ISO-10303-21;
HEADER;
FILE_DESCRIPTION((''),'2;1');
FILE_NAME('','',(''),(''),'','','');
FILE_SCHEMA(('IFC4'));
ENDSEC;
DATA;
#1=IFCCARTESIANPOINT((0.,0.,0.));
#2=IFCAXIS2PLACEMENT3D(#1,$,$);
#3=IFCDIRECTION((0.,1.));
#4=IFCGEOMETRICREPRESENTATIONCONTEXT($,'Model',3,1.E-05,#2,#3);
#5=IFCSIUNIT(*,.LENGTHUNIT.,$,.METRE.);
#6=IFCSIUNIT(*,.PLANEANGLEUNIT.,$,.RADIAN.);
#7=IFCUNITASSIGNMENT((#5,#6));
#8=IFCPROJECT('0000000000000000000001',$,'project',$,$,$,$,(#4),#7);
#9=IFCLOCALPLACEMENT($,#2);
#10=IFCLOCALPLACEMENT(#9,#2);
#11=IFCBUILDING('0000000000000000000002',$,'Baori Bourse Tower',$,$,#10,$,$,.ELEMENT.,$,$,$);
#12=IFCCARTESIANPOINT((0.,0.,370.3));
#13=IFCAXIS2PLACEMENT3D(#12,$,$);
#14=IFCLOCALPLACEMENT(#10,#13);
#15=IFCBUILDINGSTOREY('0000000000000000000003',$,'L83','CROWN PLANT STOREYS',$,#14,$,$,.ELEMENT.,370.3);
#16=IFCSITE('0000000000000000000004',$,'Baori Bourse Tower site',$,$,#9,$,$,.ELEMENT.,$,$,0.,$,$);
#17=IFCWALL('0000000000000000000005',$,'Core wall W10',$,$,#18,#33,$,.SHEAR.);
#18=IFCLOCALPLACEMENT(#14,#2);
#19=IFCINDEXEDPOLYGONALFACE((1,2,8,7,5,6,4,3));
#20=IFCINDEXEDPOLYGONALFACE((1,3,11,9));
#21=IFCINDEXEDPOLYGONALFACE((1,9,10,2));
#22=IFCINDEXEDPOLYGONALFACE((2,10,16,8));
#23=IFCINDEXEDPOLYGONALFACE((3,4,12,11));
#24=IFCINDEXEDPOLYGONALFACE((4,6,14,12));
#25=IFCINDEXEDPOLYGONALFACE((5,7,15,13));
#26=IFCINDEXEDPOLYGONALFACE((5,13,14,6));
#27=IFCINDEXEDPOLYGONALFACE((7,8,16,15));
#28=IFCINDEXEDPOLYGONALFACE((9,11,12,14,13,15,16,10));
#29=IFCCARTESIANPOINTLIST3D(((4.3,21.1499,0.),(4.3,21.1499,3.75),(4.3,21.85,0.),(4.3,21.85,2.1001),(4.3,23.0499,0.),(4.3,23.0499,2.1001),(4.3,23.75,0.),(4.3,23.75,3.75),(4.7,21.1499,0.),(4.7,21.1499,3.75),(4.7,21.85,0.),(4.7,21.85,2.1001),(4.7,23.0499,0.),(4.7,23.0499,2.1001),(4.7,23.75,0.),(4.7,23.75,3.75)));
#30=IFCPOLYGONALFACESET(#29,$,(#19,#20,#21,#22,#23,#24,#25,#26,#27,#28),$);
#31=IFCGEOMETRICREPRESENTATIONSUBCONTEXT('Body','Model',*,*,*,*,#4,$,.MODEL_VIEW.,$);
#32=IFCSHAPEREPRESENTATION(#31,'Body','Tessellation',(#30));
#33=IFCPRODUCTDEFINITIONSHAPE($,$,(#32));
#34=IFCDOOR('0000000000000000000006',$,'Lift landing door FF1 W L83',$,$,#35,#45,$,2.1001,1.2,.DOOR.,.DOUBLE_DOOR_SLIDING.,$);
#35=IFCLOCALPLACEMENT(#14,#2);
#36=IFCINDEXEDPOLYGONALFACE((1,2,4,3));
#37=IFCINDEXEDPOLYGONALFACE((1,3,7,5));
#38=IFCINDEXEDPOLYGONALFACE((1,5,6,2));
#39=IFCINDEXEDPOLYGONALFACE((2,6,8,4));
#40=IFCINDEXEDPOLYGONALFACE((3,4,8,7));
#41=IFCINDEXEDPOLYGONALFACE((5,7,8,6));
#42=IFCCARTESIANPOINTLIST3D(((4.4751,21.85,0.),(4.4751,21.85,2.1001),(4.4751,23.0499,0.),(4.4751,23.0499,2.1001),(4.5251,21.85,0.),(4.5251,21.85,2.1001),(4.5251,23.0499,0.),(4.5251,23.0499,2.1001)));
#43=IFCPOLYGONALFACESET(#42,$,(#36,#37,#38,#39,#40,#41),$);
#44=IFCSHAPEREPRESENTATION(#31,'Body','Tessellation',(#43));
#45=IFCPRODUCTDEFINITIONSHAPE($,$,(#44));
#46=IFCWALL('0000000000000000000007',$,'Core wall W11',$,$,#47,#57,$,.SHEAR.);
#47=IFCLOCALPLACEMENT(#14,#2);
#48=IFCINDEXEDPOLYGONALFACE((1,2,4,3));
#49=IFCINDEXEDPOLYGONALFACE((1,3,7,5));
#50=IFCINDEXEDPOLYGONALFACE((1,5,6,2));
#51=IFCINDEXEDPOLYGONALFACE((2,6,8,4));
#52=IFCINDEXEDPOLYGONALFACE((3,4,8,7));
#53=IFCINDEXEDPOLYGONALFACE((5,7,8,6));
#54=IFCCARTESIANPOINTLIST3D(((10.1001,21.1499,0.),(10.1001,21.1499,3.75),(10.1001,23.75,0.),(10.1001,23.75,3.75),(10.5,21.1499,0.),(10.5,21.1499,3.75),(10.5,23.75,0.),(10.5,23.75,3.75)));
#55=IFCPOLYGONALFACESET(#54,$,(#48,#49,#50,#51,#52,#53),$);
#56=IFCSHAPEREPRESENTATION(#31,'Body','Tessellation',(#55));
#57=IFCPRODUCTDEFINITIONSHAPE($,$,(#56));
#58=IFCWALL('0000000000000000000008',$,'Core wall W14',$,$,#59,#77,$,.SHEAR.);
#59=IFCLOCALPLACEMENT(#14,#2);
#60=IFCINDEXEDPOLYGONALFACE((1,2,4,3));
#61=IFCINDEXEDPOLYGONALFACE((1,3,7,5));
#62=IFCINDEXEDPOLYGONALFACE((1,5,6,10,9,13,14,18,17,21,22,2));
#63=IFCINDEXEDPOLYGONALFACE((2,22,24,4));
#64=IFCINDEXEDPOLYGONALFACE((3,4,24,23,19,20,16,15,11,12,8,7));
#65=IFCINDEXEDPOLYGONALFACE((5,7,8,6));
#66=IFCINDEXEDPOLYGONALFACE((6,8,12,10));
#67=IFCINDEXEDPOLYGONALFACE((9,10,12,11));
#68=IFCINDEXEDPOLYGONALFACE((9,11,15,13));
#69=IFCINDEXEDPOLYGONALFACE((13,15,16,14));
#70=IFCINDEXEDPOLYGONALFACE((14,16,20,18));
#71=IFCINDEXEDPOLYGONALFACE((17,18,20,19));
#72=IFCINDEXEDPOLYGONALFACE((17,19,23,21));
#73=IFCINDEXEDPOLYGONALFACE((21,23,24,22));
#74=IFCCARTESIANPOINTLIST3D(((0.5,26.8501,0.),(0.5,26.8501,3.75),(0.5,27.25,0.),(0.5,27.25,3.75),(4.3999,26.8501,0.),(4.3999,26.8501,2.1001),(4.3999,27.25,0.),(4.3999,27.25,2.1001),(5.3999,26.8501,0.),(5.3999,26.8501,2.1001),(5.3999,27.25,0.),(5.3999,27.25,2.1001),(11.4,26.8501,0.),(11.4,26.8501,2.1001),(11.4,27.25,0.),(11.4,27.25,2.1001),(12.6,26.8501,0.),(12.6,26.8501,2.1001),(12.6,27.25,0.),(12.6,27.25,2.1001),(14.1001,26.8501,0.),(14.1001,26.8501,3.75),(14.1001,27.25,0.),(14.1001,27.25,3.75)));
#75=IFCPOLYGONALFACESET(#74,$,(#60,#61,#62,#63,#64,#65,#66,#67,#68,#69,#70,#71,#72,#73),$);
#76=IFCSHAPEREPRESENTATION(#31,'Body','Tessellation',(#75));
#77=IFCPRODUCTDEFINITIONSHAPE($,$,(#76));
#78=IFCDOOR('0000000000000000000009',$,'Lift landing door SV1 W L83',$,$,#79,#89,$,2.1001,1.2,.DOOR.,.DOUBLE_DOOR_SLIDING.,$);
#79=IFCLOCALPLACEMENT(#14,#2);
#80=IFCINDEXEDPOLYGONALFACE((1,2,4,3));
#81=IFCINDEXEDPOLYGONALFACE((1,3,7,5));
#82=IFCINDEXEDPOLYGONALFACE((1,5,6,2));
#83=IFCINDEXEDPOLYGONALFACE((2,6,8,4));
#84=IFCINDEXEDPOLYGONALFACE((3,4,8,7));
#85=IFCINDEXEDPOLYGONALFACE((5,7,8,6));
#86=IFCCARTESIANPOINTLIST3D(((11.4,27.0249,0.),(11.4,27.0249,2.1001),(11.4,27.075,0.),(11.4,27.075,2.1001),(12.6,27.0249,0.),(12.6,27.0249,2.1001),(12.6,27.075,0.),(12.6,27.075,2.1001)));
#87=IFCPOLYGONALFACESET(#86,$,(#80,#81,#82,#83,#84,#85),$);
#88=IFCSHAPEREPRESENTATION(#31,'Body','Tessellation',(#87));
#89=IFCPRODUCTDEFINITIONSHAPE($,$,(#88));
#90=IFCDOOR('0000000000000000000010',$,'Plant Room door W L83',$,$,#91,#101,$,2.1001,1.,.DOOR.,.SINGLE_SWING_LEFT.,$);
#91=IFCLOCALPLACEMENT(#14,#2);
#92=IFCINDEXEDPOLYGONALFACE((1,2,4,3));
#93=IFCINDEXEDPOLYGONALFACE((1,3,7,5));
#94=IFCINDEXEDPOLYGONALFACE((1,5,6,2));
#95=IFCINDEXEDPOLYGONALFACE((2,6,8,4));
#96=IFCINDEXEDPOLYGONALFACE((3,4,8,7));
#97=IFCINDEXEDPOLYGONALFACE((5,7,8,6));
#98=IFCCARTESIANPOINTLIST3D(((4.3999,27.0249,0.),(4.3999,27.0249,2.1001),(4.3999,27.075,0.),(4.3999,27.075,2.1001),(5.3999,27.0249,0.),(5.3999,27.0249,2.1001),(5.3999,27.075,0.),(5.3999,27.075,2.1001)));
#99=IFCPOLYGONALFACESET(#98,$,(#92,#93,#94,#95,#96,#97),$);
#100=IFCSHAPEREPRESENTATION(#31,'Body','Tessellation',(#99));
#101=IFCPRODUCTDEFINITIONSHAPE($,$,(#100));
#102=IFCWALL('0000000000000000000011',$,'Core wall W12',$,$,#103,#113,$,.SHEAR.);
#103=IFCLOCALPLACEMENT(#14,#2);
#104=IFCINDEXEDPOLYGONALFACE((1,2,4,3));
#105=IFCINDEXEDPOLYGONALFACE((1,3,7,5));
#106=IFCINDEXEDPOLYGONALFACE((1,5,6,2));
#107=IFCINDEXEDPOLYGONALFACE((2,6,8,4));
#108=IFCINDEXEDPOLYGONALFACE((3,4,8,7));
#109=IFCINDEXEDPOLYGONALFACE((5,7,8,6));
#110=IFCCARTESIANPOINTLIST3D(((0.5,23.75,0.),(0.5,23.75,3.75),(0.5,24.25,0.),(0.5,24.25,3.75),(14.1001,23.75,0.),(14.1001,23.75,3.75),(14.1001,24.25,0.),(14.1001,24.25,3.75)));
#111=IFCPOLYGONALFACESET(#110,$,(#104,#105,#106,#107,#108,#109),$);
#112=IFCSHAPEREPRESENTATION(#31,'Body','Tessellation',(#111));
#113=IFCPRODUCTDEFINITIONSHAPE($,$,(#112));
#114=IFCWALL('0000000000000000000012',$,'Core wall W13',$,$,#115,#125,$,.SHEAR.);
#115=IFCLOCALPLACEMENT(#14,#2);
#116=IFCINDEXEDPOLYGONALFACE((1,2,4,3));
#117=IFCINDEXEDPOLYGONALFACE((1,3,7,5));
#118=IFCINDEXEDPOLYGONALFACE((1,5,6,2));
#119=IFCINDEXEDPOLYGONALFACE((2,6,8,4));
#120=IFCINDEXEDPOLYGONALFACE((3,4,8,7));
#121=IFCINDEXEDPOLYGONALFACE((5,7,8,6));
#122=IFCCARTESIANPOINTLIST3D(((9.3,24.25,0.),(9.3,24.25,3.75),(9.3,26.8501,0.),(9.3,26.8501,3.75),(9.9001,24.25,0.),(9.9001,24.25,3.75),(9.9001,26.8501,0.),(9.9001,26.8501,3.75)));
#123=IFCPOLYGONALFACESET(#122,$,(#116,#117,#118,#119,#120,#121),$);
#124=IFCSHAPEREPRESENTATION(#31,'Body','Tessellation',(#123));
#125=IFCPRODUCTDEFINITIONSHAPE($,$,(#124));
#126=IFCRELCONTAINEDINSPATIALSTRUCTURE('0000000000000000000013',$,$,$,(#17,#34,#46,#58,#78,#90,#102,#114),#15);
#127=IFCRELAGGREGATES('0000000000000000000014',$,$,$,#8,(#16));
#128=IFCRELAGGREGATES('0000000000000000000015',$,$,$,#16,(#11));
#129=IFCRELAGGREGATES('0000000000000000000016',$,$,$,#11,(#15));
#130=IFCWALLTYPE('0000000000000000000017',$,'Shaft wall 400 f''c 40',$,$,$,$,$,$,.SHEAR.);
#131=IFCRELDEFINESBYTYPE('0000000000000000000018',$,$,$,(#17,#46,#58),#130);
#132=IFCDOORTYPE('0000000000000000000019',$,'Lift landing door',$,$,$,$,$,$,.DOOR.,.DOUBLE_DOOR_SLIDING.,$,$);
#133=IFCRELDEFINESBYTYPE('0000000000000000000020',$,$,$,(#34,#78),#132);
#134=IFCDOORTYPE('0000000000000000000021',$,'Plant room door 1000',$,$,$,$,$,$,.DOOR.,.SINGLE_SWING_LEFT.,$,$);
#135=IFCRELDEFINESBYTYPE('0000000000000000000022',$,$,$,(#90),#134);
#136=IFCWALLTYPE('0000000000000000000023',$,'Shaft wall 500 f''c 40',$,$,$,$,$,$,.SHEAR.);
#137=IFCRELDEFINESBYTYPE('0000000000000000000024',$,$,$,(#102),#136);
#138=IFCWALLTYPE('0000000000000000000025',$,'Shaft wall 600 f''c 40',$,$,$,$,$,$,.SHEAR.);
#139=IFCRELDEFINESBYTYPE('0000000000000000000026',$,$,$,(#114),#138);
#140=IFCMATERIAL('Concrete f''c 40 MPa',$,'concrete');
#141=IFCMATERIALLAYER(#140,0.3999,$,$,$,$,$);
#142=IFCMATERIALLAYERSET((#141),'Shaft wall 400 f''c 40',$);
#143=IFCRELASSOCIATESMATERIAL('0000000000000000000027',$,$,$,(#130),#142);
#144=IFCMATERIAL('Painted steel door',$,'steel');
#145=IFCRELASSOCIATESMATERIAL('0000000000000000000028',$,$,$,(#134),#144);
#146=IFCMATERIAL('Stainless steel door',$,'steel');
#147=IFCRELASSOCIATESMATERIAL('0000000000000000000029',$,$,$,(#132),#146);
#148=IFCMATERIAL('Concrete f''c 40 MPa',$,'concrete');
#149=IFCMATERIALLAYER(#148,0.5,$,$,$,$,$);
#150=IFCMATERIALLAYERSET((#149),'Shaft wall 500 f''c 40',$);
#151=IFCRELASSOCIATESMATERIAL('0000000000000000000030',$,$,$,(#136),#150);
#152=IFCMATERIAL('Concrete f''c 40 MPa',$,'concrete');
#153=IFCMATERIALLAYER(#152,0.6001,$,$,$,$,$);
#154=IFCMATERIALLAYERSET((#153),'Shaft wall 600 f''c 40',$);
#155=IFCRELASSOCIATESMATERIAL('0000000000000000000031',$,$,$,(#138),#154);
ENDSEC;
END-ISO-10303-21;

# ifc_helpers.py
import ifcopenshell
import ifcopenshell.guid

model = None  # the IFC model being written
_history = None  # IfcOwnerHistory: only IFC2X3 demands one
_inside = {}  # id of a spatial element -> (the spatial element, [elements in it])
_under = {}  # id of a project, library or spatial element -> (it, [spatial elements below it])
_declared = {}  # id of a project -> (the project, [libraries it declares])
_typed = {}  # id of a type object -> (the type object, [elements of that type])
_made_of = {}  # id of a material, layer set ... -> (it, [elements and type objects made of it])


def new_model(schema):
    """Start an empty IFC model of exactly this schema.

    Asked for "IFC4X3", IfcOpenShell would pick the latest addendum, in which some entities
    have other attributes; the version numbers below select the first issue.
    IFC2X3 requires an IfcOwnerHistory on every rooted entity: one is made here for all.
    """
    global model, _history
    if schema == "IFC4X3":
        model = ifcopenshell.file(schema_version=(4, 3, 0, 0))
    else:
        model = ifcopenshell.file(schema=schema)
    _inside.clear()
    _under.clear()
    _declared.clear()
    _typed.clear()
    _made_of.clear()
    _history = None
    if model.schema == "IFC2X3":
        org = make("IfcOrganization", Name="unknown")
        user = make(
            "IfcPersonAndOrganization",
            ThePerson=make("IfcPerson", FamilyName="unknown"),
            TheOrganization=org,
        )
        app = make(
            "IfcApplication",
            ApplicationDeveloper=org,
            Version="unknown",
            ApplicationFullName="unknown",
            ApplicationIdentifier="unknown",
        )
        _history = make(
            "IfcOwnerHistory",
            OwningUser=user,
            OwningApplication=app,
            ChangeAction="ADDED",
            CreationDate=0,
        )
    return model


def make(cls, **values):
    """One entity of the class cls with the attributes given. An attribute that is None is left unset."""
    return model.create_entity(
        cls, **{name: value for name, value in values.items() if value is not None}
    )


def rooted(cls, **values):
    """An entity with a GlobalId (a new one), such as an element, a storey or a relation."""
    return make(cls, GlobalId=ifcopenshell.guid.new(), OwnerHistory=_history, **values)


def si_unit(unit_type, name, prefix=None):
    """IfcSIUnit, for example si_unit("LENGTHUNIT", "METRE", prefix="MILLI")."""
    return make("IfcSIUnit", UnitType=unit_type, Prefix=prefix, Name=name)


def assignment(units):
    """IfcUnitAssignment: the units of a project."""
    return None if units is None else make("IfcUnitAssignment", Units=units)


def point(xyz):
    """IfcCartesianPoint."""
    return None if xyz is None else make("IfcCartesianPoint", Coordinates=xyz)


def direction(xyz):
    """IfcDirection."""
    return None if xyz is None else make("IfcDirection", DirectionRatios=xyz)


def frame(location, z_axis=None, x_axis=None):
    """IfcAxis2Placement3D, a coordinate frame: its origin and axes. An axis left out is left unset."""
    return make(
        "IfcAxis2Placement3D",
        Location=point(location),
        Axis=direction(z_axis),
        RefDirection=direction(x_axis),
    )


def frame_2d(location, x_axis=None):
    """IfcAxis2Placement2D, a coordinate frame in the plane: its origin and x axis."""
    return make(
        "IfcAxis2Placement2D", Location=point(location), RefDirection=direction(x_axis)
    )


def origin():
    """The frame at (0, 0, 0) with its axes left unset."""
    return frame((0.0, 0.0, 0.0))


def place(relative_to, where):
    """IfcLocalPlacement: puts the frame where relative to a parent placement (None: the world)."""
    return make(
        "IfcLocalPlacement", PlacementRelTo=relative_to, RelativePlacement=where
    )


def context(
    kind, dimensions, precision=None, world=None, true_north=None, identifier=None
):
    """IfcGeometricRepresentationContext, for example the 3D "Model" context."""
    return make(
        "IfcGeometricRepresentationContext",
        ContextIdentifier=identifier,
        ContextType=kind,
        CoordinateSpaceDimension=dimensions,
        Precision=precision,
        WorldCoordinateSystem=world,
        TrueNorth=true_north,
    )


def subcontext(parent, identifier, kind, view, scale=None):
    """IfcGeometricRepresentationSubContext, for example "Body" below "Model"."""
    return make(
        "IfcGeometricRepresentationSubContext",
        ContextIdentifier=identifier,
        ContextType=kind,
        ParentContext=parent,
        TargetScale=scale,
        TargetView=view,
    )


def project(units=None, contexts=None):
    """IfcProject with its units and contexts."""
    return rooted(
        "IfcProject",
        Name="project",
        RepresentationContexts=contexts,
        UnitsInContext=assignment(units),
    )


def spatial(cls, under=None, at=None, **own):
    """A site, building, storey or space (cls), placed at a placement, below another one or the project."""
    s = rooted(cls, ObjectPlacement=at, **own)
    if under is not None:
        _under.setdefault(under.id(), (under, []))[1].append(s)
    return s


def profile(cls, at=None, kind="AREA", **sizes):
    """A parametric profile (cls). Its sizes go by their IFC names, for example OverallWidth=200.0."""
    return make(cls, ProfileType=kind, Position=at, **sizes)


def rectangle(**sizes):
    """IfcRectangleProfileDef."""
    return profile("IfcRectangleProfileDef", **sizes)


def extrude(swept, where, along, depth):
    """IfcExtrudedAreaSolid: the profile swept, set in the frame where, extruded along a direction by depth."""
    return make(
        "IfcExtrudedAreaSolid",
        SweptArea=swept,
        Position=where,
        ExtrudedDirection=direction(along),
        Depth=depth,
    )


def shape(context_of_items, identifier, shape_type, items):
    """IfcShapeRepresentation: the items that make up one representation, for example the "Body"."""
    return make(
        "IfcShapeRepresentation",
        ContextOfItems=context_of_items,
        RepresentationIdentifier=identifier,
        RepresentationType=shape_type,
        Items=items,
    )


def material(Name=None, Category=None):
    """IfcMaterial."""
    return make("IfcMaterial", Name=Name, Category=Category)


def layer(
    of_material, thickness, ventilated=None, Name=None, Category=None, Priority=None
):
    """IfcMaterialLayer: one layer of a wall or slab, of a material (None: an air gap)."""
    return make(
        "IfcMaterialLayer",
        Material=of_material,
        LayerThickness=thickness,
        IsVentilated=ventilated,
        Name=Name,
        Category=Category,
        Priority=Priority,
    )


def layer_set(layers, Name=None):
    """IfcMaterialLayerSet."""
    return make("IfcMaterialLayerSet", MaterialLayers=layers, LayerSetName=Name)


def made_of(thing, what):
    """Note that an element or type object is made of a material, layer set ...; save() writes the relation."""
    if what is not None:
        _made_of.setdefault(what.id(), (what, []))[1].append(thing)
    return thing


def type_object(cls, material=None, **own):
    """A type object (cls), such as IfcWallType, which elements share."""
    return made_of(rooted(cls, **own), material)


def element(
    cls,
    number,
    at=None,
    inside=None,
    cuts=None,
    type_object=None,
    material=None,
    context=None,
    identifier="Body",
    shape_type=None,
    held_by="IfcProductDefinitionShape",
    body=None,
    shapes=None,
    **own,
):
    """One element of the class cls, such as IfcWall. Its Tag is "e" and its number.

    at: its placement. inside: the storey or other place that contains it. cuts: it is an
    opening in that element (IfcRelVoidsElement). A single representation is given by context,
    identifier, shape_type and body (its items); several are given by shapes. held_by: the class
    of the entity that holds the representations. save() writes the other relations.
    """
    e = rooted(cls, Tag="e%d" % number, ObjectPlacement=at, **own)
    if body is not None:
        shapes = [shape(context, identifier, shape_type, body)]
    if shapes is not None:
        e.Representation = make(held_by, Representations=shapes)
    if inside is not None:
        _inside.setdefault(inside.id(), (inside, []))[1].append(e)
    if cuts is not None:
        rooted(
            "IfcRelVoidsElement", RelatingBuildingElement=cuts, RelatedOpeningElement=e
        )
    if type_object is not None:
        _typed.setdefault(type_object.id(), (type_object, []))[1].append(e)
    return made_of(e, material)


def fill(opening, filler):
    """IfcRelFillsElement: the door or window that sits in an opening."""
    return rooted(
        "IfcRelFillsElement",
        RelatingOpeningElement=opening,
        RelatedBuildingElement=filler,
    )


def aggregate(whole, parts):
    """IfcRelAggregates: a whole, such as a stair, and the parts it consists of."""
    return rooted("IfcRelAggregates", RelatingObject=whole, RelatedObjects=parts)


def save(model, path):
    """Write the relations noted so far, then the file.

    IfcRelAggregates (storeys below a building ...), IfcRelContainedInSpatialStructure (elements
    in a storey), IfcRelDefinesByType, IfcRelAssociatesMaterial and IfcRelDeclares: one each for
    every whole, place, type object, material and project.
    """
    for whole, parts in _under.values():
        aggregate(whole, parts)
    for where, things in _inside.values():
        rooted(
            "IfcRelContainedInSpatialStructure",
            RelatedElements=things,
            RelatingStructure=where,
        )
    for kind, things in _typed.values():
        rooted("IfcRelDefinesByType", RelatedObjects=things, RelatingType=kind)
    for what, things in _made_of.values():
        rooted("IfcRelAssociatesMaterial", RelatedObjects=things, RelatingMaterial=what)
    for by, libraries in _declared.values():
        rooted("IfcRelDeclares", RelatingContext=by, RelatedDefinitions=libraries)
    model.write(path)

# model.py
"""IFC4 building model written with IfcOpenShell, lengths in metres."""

from ifc_helpers import new_model, si_unit, direction, frame, frame_2d, origin, place, context, subcontext, project, spatial, rectangle, extrude, material, layer, layer_set, type_object, element, fill, save


model = new_model("IFC4")

# Units and contexts
model_context = context("Model", 3, precision=1e-05, world=origin(), true_north=direction((0.0, 1.0)))
body_context = subcontext(model_context, "Body", "Model", "MODEL_VIEW")
ifc_project = project(units=[si_unit("LENGTHUNIT", "METRE"), si_unit("PLANEANGLEUNIT", "RADIAN")], contexts=[model_context])

# Site, building, storey
site_placement = place(None, origin())
site = spatial("IfcSite", under=ifc_project, at=site_placement, Name="Baori Bourse Tower site", CompositionType="ELEMENT", RefElevation=0.0)
building_placement = place(site_placement, origin())
building = spatial("IfcBuilding", under=site, at=building_placement, Name="Baori Bourse Tower", CompositionType="ELEMENT")
storey_placement = place(building_placement, frame((0.0, 0.0, 370.3)))
storey = spatial("IfcBuildingStorey", under=building, at=storey_placement, Name="L83", Description="CROWN PLANT STOREYS", CompositionType="ELEMENT", Elevation=370.3)

# Shared definitions
ifc_material_1 = material(Name="Concrete f'c 40 MPa", Category="concrete")
ifc_layer_1 = layer(ifc_material_1, 0.3999)
ifc_layer_set_1 = layer_set([ifc_layer_1], Name="Shaft wall 400 f'c 40")
wall_type_1 = type_object("IfcWallType", Name="Shaft wall 400 f'c 40", PredefinedType="SHEAR", material=ifc_layer_set_1)
ifc_material_2 = material(Name="Painted steel door", Category="steel")
door_type_1 = type_object("IfcDoorType", Name="Plant room door 1000", OperationType="SINGLE_SWING_LEFT", PredefinedType="DOOR", material=ifc_material_2)

# Wall, opening, door
wall_1_placement = place(storey_placement, frame((4.5, 21.1499, 0.0), z_axis=(0.0, 0.0, 1.0), x_axis=(0.0, 1.0, 0.0)))
wall_1 = element("IfcWall", 1, at=wall_1_placement, inside=storey, type_object=wall_type_1, Name="Core wall W10", PredefinedType="SHEAR", context=body_context, shape_type="SweptSolid", body=[
    extrude(rectangle(XDim=2.6001, YDim=0.3999, at=frame_2d((1.3, 0.0))), origin(), (0.0, 0.0, 1.0), 3.75),
])
opening_1_placement = place(wall_1_placement, frame((0.7, 0.0, 0.0)))
opening_1 = element("IfcOpeningElement", 2, at=opening_1_placement, cuts=wall_1, PredefinedType="OPENING", context=body_context, shape_type="SweptSolid", body=[
    extrude(rectangle(XDim=1.2, YDim=2.1001, at=frame_2d((0.6001, 1.05))), frame((0.0, 0.21, 0.0), z_axis=(0.0, -1.0, 0.0), x_axis=(1.0, 0.0, 0.0)), (0.0, 0.0, 1.0), 0.4199),
])
ifc_material_3 = material(Name="Stainless steel door", Category="steel")
door_type_2 = type_object("IfcDoorType", Name="Lift landing door", OperationType="DOUBLE_DOOR_SLIDING", PredefinedType="DOOR", material=ifc_material_3)
door_1_placement = place(opening_1_placement, origin())
door_1 = element("IfcDoor", 3, at=door_1_placement, inside=storey, type_object=door_type_2, Name="Lift landing door FF1 W L83", OperationType="DOUBLE_DOOR_SLIDING", OverallHeight=2.1001, OverallWidth=1.2, PredefinedType="DOOR", context=body_context, shape_type="SweptSolid", body=[
    extrude(rectangle(XDim=1.2, YDim=2.1001, at=frame_2d((0.6001, 1.05))), frame((0.0, 0.0249, 0.0), z_axis=(0.0, -1.0, 0.0), x_axis=(1.0, 0.0, 0.0)), (0.0, 0.0, 1.0), 0.05),
])
fill(opening_1, door_1)

# Wall
wall_2_placement = place(storey_placement, frame((10.3, 21.1499, 0.0), z_axis=(0.0, 0.0, 1.0), x_axis=(0.0, 1.0, 0.0)))
element("IfcWall", 4, at=wall_2_placement, inside=storey, type_object=wall_type_1, Name="Core wall W11", PredefinedType="SHEAR", context=body_context, shape_type="SweptSolid", body=[
    extrude(rectangle(XDim=2.6001, YDim=0.3999, at=frame_2d((1.3, 0.0))), origin(), (0.0, 0.0, 1.0), 3.75),
])

# Wall, openings, doors
wall_3_placement = place(storey_placement, frame((0.5, 27.05, 0.0), z_axis=(0.0, 0.0, 1.0), x_axis=(1.0, 0.0, 0.0)))
wall_3 = element("IfcWall", 5, at=wall_3_placement, inside=storey, type_object=wall_type_1, Name="Core wall W14", PredefinedType="SHEAR", context=body_context, shape_type="SweptSolid", body=[
    extrude(rectangle(XDim=13.6001, YDim=0.3999, at=frame_2d((6.8, 0.0))), origin(), (0.0, 0.0, 1.0), 3.75),
])
opening_2_placement = place(wall_3_placement, frame((3.8999, 0.0, 0.0)))
opening_2 = element("IfcOpeningElement", 6, at=opening_2_placement, cuts=wall_3, PredefinedType="OPENING", context=body_context, shape_type="SweptSolid", body=[
    extrude(rectangle(XDim=1.0, YDim=2.1001, at=frame_2d((0.5, 1.05))), frame((0.0, 0.21, 0.0), z_axis=(0.0, -1.0, 0.0), x_axis=(1.0, 0.0, 0.0)), (0.0, 0.0, 1.0), 0.4199),
])
opening_3_placement = place(wall_3_placement, frame((10.8999, 0.0, 0.0)))
opening_3 = element("IfcOpeningElement", 7, at=opening_3_placement, cuts=wall_3, PredefinedType="OPENING", context=body_context, shape_type="SweptSolid", body=[
    extrude(rectangle(XDim=1.2, YDim=2.1001, at=frame_2d((0.6001, 1.05))), frame((0.0, 0.21, 0.0), z_axis=(0.0, -1.0, 0.0), x_axis=(1.0, 0.0, 0.0)), (0.0, 0.0, 1.0), 0.4199),
])
door_2_placement = place(opening_3_placement, origin())
door_2 = element("IfcDoor", 8, at=door_2_placement, inside=storey, type_object=door_type_2, Name="Lift landing door SV1 W L83", OperationType="DOUBLE_DOOR_SLIDING", OverallHeight=2.1001, OverallWidth=1.2, PredefinedType="DOOR", context=body_context, shape_type="SweptSolid", body=[
    extrude(rectangle(XDim=1.2, YDim=2.1001, at=frame_2d((0.6001, 1.05))), frame((0.0, 0.0249, 0.0), z_axis=(0.0, -1.0, 0.0), x_axis=(1.0, 0.0, 0.0)), (0.0, 0.0, 1.0), 0.05),
])
fill(opening_3, door_2)
door_3_placement = place(opening_2_placement, origin())
door_3 = element("IfcDoor", 9, at=door_3_placement, inside=storey, type_object=door_type_1, Name="Plant Room door W L83", OperationType="SINGLE_SWING_LEFT", OverallHeight=2.1001, OverallWidth=1.0, PredefinedType="DOOR", context=body_context, shape_type="SweptSolid", body=[
    extrude(rectangle(XDim=1.0, YDim=2.1001, at=frame_2d((0.5, 1.05))), frame((0.0, 0.0249, 0.0), z_axis=(0.0, -1.0, 0.0), x_axis=(1.0, 0.0, 0.0)), (0.0, 0.0, 1.0), 0.05),
])
fill(opening_2, door_3)

# Walls
ifc_material_4 = material(Name="Concrete f'c 40 MPa", Category="concrete")
ifc_layer_2 = layer(ifc_material_4, 0.5)
ifc_layer_set_2 = layer_set([ifc_layer_2], Name="Shaft wall 500 f'c 40")
wall_type_2 = type_object("IfcWallType", Name="Shaft wall 500 f'c 40", PredefinedType="SHEAR", material=ifc_layer_set_2)
wall_4_placement = place(storey_placement, frame((0.5, 24.0, 0.0), z_axis=(0.0, 0.0, 1.0), x_axis=(1.0, 0.0, 0.0)))
element("IfcWall", 10, at=wall_4_placement, inside=storey, type_object=wall_type_2, Name="Core wall W12", PredefinedType="SHEAR", context=body_context, shape_type="SweptSolid", body=[
    extrude(rectangle(XDim=13.6001, YDim=0.5, at=frame_2d((6.8, 0.0))), origin(), (0.0, 0.0, 1.0), 3.75),
])
ifc_material_5 = material(Name="Concrete f'c 40 MPa", Category="concrete")
ifc_layer_3 = layer(ifc_material_5, 0.6001)
ifc_layer_set_3 = layer_set([ifc_layer_3], Name="Shaft wall 600 f'c 40")
wall_type_3 = type_object("IfcWallType", Name="Shaft wall 600 f'c 40", PredefinedType="SHEAR", material=ifc_layer_set_3)
wall_5_placement = place(storey_placement, frame((9.6001, 24.25, 0.0), z_axis=(0.0, 0.0, 1.0), x_axis=(0.0, 1.0, 0.0)))
element("IfcWall", 11, at=wall_5_placement, inside=storey, type_object=wall_type_3, Name="Core wall W13", PredefinedType="SHEAR", context=body_context, shape_type="SweptSolid", body=[
    extrude(rectangle(XDim=2.6001, YDim=0.6001, at=frame_2d((1.3, 0.0))), origin(), (0.0, 0.0, 1.0), 3.75),
])

save(model, "model.ifc")
